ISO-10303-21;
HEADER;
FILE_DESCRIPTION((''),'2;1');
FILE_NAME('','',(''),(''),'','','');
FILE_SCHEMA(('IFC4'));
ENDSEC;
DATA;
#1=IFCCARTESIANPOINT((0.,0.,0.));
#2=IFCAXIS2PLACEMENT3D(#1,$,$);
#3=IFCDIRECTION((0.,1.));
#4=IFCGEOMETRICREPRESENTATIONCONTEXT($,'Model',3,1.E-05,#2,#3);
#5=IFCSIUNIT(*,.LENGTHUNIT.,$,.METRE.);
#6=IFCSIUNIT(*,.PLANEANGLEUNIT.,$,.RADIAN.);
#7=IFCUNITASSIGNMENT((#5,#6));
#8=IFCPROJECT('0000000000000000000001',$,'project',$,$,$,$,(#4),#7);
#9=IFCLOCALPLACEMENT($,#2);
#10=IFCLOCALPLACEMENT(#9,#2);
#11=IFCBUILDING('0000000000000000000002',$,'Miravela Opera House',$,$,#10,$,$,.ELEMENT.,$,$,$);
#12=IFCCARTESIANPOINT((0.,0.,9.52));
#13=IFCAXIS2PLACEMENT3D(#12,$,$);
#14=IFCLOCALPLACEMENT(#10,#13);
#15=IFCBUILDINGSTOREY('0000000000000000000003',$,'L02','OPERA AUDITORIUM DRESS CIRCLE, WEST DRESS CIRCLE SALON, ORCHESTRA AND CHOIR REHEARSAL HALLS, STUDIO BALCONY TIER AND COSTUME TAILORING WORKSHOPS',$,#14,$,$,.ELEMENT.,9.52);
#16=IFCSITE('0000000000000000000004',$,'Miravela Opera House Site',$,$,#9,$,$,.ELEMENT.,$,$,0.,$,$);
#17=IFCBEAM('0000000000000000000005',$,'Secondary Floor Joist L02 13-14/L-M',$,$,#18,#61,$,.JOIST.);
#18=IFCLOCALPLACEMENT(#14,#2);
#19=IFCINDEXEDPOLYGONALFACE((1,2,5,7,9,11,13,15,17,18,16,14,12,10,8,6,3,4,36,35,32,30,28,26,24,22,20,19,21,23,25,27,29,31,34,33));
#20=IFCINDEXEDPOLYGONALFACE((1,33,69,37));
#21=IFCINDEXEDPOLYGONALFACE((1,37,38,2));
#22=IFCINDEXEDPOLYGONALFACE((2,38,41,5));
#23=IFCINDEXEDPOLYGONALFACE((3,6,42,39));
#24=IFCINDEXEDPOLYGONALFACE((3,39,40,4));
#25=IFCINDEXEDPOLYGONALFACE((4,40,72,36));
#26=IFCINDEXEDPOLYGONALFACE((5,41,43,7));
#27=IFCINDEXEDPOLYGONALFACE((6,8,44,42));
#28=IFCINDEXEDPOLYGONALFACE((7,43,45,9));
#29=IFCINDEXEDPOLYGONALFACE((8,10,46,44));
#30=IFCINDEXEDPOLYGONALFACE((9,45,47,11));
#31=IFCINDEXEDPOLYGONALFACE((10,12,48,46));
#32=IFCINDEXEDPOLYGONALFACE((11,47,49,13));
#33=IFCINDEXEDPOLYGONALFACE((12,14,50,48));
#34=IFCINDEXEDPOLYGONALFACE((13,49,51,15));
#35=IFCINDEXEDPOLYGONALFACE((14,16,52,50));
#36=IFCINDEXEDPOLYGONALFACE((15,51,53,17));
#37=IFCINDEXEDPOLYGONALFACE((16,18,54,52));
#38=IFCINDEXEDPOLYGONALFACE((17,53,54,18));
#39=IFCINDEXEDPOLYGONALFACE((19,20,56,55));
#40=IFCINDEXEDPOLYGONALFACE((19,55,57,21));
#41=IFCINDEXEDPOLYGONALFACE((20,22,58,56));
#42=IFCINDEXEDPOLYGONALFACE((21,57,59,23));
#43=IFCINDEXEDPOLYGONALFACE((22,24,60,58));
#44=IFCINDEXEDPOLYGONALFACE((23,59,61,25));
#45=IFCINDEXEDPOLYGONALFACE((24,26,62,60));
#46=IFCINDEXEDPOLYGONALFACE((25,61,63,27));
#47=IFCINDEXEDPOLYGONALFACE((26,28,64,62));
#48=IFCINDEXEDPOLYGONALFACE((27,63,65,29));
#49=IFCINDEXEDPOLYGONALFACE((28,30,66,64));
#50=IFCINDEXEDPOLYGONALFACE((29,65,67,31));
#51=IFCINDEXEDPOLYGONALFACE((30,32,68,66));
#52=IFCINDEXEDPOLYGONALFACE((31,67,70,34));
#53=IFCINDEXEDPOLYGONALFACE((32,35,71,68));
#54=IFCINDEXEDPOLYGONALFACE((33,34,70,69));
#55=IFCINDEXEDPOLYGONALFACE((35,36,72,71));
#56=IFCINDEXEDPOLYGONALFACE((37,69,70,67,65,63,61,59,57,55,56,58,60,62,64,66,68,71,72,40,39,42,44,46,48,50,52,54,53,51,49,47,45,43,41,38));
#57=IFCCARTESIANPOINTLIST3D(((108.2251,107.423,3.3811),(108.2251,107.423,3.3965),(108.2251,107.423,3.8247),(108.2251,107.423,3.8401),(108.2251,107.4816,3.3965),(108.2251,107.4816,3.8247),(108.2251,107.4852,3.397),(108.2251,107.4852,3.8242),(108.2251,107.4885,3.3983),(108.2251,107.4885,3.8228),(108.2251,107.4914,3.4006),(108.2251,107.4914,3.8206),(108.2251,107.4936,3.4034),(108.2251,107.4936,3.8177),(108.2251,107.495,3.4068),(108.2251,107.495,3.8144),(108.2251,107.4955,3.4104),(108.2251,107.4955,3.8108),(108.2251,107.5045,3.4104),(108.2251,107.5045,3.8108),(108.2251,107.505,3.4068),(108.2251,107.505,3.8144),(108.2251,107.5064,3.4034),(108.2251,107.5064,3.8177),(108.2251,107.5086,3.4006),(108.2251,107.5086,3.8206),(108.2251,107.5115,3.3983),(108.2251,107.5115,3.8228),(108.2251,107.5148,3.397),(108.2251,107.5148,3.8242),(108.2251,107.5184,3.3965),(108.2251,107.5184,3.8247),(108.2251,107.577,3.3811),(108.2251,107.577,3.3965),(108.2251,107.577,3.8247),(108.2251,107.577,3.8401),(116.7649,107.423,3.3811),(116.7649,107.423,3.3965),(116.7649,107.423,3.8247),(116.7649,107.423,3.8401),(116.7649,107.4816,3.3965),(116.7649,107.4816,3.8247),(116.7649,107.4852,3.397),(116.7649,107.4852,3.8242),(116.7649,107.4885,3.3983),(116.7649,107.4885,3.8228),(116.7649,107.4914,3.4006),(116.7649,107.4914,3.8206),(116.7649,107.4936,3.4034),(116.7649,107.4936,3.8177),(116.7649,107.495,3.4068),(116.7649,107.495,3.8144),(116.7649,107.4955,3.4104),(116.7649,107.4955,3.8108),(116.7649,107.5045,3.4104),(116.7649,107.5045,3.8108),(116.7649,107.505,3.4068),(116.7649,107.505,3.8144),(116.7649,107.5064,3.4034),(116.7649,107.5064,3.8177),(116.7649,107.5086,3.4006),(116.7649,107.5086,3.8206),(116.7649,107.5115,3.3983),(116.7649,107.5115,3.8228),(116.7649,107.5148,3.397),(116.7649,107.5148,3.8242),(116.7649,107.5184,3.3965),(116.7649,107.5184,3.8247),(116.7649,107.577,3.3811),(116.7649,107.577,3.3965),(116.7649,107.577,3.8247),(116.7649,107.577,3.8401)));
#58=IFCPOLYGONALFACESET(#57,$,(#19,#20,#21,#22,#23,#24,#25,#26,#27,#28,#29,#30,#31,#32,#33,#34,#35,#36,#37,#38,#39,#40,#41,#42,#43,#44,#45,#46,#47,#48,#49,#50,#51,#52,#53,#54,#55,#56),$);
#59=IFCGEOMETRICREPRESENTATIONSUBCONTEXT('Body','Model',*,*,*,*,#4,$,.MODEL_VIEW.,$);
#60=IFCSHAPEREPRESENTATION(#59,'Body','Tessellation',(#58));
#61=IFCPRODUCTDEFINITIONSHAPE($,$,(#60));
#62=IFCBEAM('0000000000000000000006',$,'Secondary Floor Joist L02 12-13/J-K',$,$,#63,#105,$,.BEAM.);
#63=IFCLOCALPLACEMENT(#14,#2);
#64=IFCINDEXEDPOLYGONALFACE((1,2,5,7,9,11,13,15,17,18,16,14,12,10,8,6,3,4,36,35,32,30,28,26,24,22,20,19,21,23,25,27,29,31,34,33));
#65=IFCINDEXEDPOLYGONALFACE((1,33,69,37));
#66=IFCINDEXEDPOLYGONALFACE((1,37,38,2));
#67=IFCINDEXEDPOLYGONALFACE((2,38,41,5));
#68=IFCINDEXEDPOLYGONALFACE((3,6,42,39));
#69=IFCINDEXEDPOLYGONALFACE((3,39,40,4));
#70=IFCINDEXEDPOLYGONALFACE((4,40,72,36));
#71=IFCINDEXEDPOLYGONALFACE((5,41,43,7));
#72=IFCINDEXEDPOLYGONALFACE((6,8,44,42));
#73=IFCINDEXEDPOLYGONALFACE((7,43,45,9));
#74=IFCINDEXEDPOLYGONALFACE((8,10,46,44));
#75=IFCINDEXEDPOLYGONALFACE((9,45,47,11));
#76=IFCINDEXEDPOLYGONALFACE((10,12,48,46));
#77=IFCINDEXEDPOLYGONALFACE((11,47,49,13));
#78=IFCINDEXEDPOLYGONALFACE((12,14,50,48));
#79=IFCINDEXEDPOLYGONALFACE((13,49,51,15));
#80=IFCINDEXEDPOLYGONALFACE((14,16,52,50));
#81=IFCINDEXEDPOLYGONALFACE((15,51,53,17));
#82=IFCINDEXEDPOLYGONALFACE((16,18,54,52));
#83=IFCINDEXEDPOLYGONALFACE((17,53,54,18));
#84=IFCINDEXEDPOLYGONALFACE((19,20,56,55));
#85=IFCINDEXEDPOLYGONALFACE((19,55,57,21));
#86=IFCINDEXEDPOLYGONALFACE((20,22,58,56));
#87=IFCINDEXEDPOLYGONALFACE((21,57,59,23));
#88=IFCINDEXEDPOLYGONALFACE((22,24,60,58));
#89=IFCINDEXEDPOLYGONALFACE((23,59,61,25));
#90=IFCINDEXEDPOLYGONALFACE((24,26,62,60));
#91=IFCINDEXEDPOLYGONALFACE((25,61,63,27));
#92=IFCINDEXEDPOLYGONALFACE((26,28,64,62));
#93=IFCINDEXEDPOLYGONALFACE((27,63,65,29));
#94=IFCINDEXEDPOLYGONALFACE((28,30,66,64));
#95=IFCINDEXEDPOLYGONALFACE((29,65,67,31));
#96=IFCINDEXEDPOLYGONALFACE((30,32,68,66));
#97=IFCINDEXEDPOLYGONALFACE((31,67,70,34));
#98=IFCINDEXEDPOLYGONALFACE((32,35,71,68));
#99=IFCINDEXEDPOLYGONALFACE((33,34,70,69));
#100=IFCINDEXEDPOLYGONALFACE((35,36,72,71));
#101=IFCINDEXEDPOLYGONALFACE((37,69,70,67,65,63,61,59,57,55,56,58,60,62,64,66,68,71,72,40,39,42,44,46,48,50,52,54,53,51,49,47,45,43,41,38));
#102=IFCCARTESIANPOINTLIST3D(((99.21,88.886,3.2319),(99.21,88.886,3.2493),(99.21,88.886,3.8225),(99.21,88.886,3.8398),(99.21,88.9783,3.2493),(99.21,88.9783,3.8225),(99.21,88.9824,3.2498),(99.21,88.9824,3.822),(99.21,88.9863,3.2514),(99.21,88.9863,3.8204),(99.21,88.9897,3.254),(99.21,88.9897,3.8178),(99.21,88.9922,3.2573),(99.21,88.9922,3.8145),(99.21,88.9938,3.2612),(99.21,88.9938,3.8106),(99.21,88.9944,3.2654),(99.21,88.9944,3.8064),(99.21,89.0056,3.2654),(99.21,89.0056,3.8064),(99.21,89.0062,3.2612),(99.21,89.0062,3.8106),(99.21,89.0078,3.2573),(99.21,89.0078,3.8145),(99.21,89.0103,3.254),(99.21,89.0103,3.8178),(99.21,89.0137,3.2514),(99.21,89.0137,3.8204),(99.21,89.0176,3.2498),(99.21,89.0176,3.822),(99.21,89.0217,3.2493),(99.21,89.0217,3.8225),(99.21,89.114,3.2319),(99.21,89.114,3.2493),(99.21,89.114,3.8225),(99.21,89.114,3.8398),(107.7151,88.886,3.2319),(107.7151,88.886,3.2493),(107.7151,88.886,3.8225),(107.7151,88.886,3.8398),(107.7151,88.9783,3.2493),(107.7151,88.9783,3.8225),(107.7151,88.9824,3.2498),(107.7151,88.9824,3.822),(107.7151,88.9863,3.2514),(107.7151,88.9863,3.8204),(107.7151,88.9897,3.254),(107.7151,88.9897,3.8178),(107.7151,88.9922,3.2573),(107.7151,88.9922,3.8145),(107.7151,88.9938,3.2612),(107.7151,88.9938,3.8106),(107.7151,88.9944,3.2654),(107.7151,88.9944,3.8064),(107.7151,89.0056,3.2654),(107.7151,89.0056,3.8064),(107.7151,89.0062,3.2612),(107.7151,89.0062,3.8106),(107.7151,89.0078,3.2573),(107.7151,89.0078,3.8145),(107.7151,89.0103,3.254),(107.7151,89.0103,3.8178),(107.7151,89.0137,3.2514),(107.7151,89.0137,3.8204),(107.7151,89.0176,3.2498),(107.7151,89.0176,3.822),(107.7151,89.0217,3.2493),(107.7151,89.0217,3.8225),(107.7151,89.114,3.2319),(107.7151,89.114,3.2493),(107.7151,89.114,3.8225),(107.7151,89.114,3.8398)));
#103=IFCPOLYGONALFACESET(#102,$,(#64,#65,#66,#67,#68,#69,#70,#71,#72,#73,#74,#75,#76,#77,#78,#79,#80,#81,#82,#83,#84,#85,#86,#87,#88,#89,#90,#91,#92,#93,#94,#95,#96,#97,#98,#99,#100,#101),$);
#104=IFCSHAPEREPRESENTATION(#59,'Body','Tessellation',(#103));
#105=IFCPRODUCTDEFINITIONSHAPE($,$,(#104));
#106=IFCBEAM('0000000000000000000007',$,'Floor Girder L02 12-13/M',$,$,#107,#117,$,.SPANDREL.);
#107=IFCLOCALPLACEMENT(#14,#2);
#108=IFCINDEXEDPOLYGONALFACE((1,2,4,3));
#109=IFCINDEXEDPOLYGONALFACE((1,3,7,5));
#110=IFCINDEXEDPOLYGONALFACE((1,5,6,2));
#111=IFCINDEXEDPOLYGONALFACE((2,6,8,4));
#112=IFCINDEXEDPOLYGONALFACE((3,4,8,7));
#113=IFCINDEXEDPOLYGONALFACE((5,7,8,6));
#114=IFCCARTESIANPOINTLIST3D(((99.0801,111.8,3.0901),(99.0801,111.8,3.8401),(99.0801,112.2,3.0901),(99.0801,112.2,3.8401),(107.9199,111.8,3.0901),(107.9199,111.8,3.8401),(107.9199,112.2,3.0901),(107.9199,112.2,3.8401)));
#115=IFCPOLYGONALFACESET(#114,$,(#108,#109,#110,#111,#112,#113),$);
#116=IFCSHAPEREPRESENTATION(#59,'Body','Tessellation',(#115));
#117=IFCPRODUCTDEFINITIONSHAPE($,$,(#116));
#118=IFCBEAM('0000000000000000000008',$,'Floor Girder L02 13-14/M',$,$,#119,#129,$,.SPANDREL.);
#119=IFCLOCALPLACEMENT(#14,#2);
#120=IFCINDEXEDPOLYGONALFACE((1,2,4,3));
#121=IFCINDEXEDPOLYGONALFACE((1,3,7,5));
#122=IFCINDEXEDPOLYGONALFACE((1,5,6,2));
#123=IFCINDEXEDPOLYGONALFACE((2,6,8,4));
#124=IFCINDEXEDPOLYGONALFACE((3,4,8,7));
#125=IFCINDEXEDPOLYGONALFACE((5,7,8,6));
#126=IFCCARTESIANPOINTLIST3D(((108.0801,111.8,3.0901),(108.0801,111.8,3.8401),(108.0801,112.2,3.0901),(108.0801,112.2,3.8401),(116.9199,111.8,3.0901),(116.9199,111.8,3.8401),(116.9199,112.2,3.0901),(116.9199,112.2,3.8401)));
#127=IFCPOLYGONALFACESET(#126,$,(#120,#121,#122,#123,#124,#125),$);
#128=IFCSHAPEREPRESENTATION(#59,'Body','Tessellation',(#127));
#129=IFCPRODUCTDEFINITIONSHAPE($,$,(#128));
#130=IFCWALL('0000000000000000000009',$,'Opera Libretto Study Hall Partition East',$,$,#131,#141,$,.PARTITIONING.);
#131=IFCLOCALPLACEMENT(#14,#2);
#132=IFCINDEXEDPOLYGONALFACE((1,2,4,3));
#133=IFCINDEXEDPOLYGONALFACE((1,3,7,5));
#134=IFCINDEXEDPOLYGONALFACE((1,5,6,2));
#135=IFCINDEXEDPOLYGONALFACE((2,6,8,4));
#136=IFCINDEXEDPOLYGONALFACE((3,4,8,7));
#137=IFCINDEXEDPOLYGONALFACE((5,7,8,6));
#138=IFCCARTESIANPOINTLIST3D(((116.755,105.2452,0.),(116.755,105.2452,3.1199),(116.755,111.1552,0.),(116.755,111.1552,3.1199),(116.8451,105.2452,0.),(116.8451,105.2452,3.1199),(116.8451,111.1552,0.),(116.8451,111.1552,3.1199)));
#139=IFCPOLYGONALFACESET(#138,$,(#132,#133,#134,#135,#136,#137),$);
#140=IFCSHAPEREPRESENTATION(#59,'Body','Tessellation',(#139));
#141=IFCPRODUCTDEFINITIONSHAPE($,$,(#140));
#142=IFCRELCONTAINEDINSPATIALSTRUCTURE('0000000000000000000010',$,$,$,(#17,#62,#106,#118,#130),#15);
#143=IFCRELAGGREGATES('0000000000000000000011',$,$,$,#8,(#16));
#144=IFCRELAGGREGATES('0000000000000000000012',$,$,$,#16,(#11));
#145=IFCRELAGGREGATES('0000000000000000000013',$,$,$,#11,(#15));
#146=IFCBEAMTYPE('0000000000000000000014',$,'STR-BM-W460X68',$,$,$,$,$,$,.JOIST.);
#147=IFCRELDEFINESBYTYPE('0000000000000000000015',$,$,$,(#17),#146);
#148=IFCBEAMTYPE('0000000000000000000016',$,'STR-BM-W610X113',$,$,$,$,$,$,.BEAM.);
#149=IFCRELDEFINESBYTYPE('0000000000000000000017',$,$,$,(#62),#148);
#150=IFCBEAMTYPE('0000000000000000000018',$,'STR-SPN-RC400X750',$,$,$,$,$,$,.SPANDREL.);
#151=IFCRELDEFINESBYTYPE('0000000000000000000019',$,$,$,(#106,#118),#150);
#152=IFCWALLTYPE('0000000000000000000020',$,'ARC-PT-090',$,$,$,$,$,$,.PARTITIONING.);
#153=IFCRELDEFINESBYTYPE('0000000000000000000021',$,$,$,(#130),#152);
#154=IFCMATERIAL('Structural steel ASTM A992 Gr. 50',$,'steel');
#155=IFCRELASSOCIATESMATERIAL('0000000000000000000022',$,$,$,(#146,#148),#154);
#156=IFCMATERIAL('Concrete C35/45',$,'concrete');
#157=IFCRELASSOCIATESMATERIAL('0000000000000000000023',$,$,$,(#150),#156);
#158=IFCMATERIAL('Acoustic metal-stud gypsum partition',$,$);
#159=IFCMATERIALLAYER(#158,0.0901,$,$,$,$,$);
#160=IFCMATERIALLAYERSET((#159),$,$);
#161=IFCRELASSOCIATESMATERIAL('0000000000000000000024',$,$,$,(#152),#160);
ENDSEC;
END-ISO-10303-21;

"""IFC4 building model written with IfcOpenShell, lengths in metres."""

from ifc_helpers import new_model, si_unit, direction, frame, frame_2d, origin, origin_2d, place, context, subcontext, project, spatial, rectangle, i_section, extrude, material, layer, layer_set, material_profile, profile_set, type_object, element, save


model = new_model("IFC4")

# Units and contexts
model_context = context("Model", 3, precision=1e-05, world=origin(), true_north=direction((0.0, 1.0)))
body_context = subcontext(model_context, "Body", "Model", "MODEL_VIEW")
ifc_project = project(units=[si_unit("LENGTHUNIT", "METRE"), si_unit("PLANEANGLEUNIT", "RADIAN")], contexts=[model_context])

# Site, building, storey
site_placement = place(None, origin())
site = spatial("IfcSite", under=ifc_project, at=site_placement, Name="Miravela Opera House Site", CompositionType="ELEMENT", RefElevation=0.0)
building_placement = place(site_placement, origin())
building = spatial("IfcBuilding", under=site, at=building_placement, Name="Miravela Opera House", CompositionType="ELEMENT")
storey_placement = place(building_placement, frame((0.0, 0.0, 9.52)))
storey = spatial("IfcBuildingStorey", under=building, at=storey_placement, Name="L02", Description="OPERA AUDITORIUM DRESS CIRCLE, WEST DRESS CIRCLE SALON, ORCHESTRA AND CHOIR REHEARSAL HALLS, STUDIO BALCONY TIER AND COSTUME TAILORING WORKSHOPS", CompositionType="ELEMENT", Elevation=9.52)

# Shared definitions
ifc_material_1 = material(Name="Concrete C35/45", Category="concrete")

# Beams
ifc_material_2 = material(Name="Structural steel ASTM A992 Gr. 50", Category="steel")
ifc_material_profile_1 = material_profile(ifc_material_2, i_section(OverallWidth=0.1541, OverallDepth=0.459, WebThickness=0.009, FlangeThickness=0.0154, FilletRadius=0.0139, at=origin_2d()), Name="W460X68")
ifc_profile_set_1 = profile_set([ifc_material_profile_1])
beam_type_1 = type_object("IfcBeamType", Name="STR-BM-W460X68", PredefinedType="JOIST", material=ifc_profile_set_1)
beam_1_placement = place(storey_placement, frame((108.2251, 107.5, 3.6106), z_axis=(1.0, 0.0, 0.0), x_axis=(0.0, 1.0, 0.0)))
element("IfcBeam", 1, at=beam_1_placement, inside=storey, type_object=beam_type_1, Name="Secondary Floor Joist L02 13-14/L-M", PredefinedType="JOIST", context=body_context, shape_type="SweptSolid", body=[
    extrude(i_section(OverallWidth=0.1541, OverallDepth=0.459, WebThickness=0.009, FlangeThickness=0.0154, FilletRadius=0.0139, at=origin_2d()), origin(), (0.0, 0.0, 1.0), 8.5398),
])
ifc_material_profile_2 = material_profile(ifc_material_2, i_section(OverallWidth=0.228, OverallDepth=0.6079, WebThickness=0.0112, FlangeThickness=0.0173, FilletRadius=0.0161, at=origin_2d()), Name="W610X113")
ifc_profile_set_2 = profile_set([ifc_material_profile_2])
beam_type_2 = type_object("IfcBeamType", Name="STR-BM-W610X113", PredefinedType="BEAM", material=ifc_profile_set_2)
beam_2_placement = place(storey_placement, frame((99.21, 89.0, 3.5359), z_axis=(1.0, 0.0, 0.0), x_axis=(0.0, 1.0, 0.0)))
element("IfcBeam", 2, at=beam_2_placement, inside=storey, type_object=beam_type_2, Name="Secondary Floor Joist L02 12-13/J-K", PredefinedType="BEAM", context=body_context, shape_type="SweptSolid", body=[
    extrude(i_section(OverallWidth=0.228, OverallDepth=0.6079, WebThickness=0.0112, FlangeThickness=0.0173, FilletRadius=0.0161, at=origin_2d()), origin(), (0.0, 0.0, 1.0), 8.5051),
])
ifc_material_profile_3 = material_profile(ifc_material_1, rectangle(XDim=0.3999, YDim=0.75, at=origin_2d()), Name="RC-SPN-400X750")
ifc_profile_set_3 = profile_set([ifc_material_profile_3])
beam_type_3 = type_object("IfcBeamType", Name="STR-SPN-RC400X750", PredefinedType="SPANDREL", material=ifc_profile_set_3)
for number, where, z_axis, x_axis, name in (
    (3, (99.0801, 112.0, 3.4651), (1.0, 0.0, 0.0), (0.0, 1.0, 0.0), "Floor Girder L02 12-13/M"),
    (4, (108.0801, 112.0, 3.4651), (1.0, 0.0, 0.0), (0.0, 1.0, 0.0), "Floor Girder L02 13-14/M"),
):
    element("IfcBeam", number, at=place(storey_placement, frame(where, z_axis=z_axis, x_axis=x_axis)), inside=storey, type_object=beam_type_3, Name=name, PredefinedType="SPANDREL", context=body_context, shape_type="SweptSolid", body=[
        extrude(rectangle(XDim=0.3999, YDim=0.75, at=origin_2d()), origin(), (0.0, 0.0, 1.0), 8.8398),
    ])

# Wall
ifc_material_3 = material(Name="Acoustic metal-stud gypsum partition")
ifc_layer = layer(ifc_material_3, 0.0901)
ifc_layer_set = layer_set([ifc_layer])
wall_type = type_object("IfcWallType", Name="ARC-PT-090", PredefinedType="PARTITIONING", material=ifc_layer_set)
wall_placement = place(storey_placement, frame((116.8, 105.2451, 0.0), z_axis=(0.0, 0.0, 1.0), x_axis=(0.0, 1.0, 0.0)))
element("IfcWall", 5, at=wall_placement, inside=storey, type_object=wall_type, Name="Opera Libretto Study Hall Partition East", PredefinedType="PARTITIONING", context=body_context, shape_type="SweptSolid", body=[
    extrude(rectangle(XDim=5.9099, YDim=0.0901, at=frame_2d((2.9551, 0.0))), origin(), (0.0, 0.0, 1.0), 3.1199),
])

save(model, "model.ifc")
